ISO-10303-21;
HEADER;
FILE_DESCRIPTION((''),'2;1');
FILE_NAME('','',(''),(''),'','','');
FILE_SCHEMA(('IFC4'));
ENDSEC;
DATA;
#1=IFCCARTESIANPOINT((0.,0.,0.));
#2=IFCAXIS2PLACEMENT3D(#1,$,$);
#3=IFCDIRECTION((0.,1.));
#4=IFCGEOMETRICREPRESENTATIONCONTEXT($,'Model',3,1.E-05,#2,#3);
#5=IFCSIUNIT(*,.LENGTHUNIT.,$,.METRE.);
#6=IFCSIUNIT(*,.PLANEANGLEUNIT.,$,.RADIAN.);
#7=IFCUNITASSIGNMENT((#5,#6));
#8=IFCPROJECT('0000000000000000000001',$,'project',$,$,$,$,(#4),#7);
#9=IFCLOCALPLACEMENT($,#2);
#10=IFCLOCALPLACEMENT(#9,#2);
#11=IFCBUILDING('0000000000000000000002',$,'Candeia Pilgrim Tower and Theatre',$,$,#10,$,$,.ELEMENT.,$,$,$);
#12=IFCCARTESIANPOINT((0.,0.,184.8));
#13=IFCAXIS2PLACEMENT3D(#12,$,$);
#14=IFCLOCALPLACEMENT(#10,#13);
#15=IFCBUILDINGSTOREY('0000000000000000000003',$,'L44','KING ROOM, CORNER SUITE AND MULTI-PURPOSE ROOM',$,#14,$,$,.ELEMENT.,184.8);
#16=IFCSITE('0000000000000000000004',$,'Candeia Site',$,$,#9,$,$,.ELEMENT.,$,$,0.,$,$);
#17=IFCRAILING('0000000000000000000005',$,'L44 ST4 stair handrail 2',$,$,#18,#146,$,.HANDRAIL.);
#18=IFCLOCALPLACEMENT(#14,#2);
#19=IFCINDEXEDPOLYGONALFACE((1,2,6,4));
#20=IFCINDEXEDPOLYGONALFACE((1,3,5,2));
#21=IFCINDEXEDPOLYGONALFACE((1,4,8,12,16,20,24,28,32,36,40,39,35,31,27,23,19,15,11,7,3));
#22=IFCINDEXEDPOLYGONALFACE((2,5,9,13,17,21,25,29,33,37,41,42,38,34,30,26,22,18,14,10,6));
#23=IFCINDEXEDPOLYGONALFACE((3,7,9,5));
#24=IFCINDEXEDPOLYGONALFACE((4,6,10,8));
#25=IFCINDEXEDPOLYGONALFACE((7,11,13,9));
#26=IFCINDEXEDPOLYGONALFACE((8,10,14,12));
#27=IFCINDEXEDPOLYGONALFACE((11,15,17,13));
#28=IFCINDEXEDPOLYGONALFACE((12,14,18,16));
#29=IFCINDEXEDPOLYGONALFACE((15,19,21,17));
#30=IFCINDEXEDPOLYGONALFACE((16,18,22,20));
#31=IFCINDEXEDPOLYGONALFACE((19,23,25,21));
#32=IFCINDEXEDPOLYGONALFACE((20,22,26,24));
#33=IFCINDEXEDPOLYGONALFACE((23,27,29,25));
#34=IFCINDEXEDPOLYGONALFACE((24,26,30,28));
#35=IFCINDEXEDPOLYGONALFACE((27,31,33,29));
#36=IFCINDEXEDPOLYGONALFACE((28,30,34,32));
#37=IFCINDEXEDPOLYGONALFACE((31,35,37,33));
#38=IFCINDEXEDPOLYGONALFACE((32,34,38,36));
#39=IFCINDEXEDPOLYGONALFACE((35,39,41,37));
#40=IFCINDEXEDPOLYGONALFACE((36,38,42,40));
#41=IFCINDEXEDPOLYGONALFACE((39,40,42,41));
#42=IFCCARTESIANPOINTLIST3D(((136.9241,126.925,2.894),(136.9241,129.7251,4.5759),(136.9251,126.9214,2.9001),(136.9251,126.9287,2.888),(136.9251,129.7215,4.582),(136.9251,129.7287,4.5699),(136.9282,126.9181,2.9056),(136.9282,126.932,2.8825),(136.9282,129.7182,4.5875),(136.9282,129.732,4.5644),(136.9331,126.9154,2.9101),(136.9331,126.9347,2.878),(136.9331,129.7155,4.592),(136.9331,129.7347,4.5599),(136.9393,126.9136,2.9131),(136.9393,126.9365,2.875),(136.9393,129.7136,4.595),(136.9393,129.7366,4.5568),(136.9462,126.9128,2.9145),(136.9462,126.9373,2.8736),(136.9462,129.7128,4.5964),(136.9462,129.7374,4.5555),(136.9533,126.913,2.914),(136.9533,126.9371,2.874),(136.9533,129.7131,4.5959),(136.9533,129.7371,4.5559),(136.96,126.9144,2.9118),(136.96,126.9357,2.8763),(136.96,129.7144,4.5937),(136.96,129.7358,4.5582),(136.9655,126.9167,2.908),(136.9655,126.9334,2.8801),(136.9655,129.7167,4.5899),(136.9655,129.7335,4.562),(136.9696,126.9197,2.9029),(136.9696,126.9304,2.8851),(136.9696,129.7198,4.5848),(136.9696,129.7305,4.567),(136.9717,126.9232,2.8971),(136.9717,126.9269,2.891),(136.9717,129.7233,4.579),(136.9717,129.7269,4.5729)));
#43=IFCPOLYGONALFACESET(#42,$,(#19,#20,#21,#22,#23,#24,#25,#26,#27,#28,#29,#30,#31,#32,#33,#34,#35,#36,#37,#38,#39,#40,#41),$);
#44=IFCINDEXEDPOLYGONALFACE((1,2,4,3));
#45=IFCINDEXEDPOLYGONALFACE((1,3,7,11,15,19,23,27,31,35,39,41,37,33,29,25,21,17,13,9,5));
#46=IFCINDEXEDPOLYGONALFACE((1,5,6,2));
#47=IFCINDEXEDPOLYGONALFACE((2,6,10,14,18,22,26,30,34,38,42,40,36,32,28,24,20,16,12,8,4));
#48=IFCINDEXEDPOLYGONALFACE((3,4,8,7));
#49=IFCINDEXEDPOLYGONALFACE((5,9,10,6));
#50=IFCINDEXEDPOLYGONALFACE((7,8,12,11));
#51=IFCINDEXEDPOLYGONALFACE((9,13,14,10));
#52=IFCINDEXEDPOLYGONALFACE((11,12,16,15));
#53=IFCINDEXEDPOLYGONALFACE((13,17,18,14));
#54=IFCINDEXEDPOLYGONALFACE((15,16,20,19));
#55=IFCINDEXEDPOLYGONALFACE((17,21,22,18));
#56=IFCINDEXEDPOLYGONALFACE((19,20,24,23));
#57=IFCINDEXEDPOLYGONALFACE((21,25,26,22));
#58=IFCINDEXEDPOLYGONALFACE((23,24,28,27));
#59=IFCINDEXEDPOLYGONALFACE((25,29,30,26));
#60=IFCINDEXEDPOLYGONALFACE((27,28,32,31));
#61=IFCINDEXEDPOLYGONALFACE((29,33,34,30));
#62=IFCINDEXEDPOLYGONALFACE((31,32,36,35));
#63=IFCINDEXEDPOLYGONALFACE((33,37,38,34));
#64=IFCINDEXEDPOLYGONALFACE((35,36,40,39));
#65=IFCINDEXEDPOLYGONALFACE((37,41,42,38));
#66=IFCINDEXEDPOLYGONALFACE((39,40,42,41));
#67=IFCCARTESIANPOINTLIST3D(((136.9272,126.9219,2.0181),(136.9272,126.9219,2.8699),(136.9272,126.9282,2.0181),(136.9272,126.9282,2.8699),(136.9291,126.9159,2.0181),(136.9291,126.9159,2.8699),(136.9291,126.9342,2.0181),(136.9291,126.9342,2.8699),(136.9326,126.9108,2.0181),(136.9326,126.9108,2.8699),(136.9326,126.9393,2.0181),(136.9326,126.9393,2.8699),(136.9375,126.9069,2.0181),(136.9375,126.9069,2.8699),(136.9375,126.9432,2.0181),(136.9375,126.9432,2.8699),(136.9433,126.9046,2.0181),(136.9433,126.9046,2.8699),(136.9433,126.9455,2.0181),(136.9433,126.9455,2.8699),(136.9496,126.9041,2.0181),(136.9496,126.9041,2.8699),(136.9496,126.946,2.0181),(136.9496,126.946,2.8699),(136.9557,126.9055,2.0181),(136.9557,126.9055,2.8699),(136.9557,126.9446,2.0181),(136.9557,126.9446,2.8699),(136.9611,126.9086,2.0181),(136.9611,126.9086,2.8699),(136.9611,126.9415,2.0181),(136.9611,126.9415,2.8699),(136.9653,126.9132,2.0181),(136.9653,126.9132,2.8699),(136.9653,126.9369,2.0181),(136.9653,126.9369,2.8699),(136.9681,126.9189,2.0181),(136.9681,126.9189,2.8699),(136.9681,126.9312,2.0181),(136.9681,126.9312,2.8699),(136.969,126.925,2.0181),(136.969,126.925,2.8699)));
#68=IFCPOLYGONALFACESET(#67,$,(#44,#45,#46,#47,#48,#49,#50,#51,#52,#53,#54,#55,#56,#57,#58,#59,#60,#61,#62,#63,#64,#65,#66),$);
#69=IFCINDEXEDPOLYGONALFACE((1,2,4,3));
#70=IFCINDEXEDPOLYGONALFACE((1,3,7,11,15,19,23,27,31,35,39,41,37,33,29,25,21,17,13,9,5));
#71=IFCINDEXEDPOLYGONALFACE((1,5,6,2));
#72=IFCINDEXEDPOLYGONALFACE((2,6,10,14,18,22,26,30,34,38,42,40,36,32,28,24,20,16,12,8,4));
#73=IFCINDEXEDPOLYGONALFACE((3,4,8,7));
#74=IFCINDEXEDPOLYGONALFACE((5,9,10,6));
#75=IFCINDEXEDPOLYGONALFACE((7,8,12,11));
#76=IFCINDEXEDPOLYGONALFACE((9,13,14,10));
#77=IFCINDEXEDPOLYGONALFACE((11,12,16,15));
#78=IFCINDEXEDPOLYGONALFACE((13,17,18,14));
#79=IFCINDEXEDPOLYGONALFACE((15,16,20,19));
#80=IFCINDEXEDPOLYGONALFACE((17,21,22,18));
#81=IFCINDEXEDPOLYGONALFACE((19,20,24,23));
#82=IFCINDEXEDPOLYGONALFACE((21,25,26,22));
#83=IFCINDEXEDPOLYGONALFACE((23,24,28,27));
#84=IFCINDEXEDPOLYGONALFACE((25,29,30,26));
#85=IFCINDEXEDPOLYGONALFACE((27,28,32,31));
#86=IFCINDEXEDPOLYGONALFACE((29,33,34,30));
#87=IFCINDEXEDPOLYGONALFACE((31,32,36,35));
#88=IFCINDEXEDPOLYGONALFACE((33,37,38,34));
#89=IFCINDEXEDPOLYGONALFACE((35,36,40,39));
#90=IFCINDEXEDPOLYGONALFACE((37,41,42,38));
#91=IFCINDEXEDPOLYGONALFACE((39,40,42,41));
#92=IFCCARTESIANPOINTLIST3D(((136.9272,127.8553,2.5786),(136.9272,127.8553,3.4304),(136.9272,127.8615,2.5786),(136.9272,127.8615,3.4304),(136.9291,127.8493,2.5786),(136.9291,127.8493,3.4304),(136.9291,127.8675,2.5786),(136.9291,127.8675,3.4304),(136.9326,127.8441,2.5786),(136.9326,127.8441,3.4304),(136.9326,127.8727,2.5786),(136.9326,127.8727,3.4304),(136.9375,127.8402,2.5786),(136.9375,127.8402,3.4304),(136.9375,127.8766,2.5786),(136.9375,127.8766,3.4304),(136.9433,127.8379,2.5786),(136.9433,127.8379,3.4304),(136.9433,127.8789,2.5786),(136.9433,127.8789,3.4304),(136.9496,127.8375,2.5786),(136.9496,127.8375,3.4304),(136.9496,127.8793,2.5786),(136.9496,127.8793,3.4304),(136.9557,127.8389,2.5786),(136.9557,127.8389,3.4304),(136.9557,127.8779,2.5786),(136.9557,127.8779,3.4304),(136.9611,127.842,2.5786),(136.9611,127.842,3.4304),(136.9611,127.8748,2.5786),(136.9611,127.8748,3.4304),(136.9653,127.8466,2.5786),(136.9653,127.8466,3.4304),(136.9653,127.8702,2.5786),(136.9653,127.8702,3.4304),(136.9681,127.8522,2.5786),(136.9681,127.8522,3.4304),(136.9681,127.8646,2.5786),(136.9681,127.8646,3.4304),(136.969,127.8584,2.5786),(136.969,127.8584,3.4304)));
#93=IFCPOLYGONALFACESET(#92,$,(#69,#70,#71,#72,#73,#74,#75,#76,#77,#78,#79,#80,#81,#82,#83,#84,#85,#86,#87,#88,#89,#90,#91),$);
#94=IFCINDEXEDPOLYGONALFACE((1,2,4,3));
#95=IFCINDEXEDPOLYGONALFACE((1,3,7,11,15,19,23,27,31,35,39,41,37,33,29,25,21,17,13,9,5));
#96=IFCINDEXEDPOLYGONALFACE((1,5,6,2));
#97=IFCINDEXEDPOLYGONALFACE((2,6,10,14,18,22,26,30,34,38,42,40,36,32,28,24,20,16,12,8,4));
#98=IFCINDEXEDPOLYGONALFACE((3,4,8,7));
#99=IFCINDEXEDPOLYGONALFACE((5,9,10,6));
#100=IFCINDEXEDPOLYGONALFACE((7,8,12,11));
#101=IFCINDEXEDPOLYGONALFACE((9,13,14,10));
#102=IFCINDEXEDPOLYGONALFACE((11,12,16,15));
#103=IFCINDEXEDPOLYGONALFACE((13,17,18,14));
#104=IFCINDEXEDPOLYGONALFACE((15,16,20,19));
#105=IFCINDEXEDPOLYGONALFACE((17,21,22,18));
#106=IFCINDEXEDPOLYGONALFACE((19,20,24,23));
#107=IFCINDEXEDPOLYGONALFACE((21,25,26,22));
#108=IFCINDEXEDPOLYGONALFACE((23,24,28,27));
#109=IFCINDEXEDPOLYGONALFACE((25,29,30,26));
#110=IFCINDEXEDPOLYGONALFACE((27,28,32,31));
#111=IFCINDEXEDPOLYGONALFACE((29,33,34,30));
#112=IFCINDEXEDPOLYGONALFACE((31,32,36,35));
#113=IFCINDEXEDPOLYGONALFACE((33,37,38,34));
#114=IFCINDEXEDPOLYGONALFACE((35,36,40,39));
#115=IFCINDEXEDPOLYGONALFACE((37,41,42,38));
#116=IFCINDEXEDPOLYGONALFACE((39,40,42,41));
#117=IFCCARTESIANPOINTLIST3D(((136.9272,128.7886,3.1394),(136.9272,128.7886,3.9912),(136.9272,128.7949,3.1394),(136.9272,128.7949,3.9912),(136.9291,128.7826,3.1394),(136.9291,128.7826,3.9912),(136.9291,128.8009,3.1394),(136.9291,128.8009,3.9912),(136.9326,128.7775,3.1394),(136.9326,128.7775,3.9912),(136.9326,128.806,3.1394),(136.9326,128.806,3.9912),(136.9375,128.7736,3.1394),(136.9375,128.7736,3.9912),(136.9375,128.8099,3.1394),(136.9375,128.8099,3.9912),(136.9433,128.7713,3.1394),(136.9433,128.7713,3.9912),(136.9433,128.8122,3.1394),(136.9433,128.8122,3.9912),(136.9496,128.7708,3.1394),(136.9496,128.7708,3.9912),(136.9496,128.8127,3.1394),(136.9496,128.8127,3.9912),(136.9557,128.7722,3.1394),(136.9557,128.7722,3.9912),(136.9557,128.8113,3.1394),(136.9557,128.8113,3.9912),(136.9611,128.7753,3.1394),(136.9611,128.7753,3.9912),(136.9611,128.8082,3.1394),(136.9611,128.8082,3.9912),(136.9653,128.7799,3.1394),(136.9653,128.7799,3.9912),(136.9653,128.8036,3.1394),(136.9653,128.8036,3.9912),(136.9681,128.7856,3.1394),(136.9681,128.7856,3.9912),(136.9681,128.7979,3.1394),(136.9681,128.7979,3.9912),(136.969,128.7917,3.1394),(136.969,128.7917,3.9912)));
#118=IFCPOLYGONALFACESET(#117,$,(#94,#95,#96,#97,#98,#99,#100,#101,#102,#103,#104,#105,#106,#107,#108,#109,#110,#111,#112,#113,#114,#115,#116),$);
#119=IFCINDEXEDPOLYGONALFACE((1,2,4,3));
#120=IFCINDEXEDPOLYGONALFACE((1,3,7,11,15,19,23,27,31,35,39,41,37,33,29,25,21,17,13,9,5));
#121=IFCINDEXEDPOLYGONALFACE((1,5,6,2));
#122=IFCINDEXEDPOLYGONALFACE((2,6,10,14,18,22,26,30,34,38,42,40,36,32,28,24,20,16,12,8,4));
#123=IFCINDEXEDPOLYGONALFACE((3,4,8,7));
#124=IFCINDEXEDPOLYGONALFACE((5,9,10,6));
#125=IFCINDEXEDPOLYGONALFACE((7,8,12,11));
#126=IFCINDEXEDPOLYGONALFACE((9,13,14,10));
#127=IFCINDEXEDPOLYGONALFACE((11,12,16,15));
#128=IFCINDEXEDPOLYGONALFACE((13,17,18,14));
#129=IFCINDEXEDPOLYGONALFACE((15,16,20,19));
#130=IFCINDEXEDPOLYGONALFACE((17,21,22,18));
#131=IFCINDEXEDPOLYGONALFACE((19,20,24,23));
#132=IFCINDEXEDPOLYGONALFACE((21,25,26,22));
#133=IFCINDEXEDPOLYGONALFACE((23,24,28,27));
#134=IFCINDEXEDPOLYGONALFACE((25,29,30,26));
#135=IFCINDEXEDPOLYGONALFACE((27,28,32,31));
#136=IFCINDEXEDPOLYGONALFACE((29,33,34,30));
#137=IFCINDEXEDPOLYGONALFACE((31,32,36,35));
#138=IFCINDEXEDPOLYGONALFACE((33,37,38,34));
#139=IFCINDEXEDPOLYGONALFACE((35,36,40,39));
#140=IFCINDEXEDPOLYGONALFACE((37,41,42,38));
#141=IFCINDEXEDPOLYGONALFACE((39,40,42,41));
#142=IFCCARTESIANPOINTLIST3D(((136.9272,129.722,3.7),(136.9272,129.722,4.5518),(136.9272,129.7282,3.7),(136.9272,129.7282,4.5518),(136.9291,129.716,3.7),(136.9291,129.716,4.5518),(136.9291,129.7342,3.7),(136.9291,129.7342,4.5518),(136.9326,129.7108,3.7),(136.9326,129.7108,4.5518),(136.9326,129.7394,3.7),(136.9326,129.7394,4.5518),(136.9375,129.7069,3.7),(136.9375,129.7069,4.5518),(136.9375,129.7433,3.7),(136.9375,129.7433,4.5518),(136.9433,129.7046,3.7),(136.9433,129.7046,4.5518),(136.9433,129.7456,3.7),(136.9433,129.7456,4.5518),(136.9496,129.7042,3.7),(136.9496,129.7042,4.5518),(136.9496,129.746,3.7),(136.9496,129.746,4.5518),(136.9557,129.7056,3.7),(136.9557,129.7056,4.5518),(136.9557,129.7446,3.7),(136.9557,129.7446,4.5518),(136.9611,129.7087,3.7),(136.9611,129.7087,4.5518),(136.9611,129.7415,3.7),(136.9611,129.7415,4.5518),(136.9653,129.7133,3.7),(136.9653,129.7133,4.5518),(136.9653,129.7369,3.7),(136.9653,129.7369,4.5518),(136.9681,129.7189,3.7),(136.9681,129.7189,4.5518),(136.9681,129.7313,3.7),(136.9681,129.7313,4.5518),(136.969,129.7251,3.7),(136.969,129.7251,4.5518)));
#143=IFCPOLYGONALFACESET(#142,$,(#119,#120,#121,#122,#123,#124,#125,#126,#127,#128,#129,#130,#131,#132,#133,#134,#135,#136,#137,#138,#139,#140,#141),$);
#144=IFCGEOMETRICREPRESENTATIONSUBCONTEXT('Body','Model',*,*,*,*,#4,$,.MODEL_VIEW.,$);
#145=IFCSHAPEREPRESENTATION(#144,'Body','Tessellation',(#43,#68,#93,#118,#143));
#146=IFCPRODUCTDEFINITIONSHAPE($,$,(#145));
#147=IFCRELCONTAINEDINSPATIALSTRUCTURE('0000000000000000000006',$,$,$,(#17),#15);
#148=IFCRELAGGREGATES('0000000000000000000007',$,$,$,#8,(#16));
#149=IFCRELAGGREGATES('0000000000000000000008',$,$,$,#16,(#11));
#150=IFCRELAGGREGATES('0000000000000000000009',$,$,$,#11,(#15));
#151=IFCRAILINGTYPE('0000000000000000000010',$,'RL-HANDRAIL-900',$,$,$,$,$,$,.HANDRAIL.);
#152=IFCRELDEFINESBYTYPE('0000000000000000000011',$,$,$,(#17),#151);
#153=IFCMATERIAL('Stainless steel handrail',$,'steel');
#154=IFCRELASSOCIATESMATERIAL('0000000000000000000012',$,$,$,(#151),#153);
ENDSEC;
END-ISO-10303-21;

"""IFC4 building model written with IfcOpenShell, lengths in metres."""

from ifc_helpers import new_model, si_unit, direction, frame, origin, origin_2d, place, context, subcontext, project, spatial, circle, extrude, material, type_object, element, save


model = new_model("IFC4")

# Units and contexts
model_context = context("Model", 3, precision=1e-05, world=origin(), true_north=direction((0.0, 1.0)))
body_context = subcontext(model_context, "Body", "Model", "MODEL_VIEW")
ifc_project = project(units=[si_unit("LENGTHUNIT", "METRE"), si_unit("PLANEANGLEUNIT", "RADIAN")], contexts=[model_context])

# Site, building, storey
site_placement = place(None, origin())
site = spatial("IfcSite", under=ifc_project, at=site_placement, Name="Candeia Site", CompositionType="ELEMENT", RefElevation=0.0)
building_placement = place(site_placement, origin())
building = spatial("IfcBuilding", under=site, at=building_placement, Name="Candeia Pilgrim Tower and Theatre", CompositionType="ELEMENT")
storey_placement = place(building_placement, frame((0.0, 0.0, 184.8)))
storey = spatial("IfcBuildingStorey", under=building, at=storey_placement, Name="L44", Description="KING ROOM, CORNER SUITE AND MULTI-PURPOSE ROOM", CompositionType="ELEMENT", Elevation=184.8)

# Railing
ifc_material_1 = material(Name="Stainless steel handrail", Category="steel")
railing_type_1 = type_object("IfcRailingType", Name="RL-HANDRAIL-900", PredefinedType="HANDRAIL", material=ifc_material_1)
railing_1_placement = place(storey_placement, frame((136.948, 126.925, 2.0181)))
element("IfcRailing", 1, at=railing_1_placement, inside=storey, type_object=railing_type_1, Name="L44 ST4 stair handrail 2", PredefinedType="HANDRAIL", context=body_context, shape_type="SweptSolid", body=[
    extrude(circle(Radius=0.0239, at=origin_2d()), frame((0.0, 0.0, 0.876), z_axis=(0.0, 0.857242, 0.514913), x_axis=(-1.0, 0.0, 0.0)), (0.0, 0.0, 1.0), 3.2664),
    extrude(circle(Radius=0.021, at=origin_2d()), origin(), (0.0, 0.0, 1.0), 0.8518),
    extrude(circle(Radius=0.021, at=origin_2d()), frame((0.0, 0.9333, 0.5605)), (0.0, 0.0, 1.0), 0.8518),
    extrude(circle(Radius=0.021, at=origin_2d()), frame((0.0, 1.8667, 1.1213)), (0.0, 0.0, 1.0), 0.8518),
    extrude(circle(Radius=0.021, at=origin_2d()), frame((0.0, 2.8, 1.6819)), (0.0, 0.0, 1.0), 0.8518),
])

save(model, "model.ifc")
